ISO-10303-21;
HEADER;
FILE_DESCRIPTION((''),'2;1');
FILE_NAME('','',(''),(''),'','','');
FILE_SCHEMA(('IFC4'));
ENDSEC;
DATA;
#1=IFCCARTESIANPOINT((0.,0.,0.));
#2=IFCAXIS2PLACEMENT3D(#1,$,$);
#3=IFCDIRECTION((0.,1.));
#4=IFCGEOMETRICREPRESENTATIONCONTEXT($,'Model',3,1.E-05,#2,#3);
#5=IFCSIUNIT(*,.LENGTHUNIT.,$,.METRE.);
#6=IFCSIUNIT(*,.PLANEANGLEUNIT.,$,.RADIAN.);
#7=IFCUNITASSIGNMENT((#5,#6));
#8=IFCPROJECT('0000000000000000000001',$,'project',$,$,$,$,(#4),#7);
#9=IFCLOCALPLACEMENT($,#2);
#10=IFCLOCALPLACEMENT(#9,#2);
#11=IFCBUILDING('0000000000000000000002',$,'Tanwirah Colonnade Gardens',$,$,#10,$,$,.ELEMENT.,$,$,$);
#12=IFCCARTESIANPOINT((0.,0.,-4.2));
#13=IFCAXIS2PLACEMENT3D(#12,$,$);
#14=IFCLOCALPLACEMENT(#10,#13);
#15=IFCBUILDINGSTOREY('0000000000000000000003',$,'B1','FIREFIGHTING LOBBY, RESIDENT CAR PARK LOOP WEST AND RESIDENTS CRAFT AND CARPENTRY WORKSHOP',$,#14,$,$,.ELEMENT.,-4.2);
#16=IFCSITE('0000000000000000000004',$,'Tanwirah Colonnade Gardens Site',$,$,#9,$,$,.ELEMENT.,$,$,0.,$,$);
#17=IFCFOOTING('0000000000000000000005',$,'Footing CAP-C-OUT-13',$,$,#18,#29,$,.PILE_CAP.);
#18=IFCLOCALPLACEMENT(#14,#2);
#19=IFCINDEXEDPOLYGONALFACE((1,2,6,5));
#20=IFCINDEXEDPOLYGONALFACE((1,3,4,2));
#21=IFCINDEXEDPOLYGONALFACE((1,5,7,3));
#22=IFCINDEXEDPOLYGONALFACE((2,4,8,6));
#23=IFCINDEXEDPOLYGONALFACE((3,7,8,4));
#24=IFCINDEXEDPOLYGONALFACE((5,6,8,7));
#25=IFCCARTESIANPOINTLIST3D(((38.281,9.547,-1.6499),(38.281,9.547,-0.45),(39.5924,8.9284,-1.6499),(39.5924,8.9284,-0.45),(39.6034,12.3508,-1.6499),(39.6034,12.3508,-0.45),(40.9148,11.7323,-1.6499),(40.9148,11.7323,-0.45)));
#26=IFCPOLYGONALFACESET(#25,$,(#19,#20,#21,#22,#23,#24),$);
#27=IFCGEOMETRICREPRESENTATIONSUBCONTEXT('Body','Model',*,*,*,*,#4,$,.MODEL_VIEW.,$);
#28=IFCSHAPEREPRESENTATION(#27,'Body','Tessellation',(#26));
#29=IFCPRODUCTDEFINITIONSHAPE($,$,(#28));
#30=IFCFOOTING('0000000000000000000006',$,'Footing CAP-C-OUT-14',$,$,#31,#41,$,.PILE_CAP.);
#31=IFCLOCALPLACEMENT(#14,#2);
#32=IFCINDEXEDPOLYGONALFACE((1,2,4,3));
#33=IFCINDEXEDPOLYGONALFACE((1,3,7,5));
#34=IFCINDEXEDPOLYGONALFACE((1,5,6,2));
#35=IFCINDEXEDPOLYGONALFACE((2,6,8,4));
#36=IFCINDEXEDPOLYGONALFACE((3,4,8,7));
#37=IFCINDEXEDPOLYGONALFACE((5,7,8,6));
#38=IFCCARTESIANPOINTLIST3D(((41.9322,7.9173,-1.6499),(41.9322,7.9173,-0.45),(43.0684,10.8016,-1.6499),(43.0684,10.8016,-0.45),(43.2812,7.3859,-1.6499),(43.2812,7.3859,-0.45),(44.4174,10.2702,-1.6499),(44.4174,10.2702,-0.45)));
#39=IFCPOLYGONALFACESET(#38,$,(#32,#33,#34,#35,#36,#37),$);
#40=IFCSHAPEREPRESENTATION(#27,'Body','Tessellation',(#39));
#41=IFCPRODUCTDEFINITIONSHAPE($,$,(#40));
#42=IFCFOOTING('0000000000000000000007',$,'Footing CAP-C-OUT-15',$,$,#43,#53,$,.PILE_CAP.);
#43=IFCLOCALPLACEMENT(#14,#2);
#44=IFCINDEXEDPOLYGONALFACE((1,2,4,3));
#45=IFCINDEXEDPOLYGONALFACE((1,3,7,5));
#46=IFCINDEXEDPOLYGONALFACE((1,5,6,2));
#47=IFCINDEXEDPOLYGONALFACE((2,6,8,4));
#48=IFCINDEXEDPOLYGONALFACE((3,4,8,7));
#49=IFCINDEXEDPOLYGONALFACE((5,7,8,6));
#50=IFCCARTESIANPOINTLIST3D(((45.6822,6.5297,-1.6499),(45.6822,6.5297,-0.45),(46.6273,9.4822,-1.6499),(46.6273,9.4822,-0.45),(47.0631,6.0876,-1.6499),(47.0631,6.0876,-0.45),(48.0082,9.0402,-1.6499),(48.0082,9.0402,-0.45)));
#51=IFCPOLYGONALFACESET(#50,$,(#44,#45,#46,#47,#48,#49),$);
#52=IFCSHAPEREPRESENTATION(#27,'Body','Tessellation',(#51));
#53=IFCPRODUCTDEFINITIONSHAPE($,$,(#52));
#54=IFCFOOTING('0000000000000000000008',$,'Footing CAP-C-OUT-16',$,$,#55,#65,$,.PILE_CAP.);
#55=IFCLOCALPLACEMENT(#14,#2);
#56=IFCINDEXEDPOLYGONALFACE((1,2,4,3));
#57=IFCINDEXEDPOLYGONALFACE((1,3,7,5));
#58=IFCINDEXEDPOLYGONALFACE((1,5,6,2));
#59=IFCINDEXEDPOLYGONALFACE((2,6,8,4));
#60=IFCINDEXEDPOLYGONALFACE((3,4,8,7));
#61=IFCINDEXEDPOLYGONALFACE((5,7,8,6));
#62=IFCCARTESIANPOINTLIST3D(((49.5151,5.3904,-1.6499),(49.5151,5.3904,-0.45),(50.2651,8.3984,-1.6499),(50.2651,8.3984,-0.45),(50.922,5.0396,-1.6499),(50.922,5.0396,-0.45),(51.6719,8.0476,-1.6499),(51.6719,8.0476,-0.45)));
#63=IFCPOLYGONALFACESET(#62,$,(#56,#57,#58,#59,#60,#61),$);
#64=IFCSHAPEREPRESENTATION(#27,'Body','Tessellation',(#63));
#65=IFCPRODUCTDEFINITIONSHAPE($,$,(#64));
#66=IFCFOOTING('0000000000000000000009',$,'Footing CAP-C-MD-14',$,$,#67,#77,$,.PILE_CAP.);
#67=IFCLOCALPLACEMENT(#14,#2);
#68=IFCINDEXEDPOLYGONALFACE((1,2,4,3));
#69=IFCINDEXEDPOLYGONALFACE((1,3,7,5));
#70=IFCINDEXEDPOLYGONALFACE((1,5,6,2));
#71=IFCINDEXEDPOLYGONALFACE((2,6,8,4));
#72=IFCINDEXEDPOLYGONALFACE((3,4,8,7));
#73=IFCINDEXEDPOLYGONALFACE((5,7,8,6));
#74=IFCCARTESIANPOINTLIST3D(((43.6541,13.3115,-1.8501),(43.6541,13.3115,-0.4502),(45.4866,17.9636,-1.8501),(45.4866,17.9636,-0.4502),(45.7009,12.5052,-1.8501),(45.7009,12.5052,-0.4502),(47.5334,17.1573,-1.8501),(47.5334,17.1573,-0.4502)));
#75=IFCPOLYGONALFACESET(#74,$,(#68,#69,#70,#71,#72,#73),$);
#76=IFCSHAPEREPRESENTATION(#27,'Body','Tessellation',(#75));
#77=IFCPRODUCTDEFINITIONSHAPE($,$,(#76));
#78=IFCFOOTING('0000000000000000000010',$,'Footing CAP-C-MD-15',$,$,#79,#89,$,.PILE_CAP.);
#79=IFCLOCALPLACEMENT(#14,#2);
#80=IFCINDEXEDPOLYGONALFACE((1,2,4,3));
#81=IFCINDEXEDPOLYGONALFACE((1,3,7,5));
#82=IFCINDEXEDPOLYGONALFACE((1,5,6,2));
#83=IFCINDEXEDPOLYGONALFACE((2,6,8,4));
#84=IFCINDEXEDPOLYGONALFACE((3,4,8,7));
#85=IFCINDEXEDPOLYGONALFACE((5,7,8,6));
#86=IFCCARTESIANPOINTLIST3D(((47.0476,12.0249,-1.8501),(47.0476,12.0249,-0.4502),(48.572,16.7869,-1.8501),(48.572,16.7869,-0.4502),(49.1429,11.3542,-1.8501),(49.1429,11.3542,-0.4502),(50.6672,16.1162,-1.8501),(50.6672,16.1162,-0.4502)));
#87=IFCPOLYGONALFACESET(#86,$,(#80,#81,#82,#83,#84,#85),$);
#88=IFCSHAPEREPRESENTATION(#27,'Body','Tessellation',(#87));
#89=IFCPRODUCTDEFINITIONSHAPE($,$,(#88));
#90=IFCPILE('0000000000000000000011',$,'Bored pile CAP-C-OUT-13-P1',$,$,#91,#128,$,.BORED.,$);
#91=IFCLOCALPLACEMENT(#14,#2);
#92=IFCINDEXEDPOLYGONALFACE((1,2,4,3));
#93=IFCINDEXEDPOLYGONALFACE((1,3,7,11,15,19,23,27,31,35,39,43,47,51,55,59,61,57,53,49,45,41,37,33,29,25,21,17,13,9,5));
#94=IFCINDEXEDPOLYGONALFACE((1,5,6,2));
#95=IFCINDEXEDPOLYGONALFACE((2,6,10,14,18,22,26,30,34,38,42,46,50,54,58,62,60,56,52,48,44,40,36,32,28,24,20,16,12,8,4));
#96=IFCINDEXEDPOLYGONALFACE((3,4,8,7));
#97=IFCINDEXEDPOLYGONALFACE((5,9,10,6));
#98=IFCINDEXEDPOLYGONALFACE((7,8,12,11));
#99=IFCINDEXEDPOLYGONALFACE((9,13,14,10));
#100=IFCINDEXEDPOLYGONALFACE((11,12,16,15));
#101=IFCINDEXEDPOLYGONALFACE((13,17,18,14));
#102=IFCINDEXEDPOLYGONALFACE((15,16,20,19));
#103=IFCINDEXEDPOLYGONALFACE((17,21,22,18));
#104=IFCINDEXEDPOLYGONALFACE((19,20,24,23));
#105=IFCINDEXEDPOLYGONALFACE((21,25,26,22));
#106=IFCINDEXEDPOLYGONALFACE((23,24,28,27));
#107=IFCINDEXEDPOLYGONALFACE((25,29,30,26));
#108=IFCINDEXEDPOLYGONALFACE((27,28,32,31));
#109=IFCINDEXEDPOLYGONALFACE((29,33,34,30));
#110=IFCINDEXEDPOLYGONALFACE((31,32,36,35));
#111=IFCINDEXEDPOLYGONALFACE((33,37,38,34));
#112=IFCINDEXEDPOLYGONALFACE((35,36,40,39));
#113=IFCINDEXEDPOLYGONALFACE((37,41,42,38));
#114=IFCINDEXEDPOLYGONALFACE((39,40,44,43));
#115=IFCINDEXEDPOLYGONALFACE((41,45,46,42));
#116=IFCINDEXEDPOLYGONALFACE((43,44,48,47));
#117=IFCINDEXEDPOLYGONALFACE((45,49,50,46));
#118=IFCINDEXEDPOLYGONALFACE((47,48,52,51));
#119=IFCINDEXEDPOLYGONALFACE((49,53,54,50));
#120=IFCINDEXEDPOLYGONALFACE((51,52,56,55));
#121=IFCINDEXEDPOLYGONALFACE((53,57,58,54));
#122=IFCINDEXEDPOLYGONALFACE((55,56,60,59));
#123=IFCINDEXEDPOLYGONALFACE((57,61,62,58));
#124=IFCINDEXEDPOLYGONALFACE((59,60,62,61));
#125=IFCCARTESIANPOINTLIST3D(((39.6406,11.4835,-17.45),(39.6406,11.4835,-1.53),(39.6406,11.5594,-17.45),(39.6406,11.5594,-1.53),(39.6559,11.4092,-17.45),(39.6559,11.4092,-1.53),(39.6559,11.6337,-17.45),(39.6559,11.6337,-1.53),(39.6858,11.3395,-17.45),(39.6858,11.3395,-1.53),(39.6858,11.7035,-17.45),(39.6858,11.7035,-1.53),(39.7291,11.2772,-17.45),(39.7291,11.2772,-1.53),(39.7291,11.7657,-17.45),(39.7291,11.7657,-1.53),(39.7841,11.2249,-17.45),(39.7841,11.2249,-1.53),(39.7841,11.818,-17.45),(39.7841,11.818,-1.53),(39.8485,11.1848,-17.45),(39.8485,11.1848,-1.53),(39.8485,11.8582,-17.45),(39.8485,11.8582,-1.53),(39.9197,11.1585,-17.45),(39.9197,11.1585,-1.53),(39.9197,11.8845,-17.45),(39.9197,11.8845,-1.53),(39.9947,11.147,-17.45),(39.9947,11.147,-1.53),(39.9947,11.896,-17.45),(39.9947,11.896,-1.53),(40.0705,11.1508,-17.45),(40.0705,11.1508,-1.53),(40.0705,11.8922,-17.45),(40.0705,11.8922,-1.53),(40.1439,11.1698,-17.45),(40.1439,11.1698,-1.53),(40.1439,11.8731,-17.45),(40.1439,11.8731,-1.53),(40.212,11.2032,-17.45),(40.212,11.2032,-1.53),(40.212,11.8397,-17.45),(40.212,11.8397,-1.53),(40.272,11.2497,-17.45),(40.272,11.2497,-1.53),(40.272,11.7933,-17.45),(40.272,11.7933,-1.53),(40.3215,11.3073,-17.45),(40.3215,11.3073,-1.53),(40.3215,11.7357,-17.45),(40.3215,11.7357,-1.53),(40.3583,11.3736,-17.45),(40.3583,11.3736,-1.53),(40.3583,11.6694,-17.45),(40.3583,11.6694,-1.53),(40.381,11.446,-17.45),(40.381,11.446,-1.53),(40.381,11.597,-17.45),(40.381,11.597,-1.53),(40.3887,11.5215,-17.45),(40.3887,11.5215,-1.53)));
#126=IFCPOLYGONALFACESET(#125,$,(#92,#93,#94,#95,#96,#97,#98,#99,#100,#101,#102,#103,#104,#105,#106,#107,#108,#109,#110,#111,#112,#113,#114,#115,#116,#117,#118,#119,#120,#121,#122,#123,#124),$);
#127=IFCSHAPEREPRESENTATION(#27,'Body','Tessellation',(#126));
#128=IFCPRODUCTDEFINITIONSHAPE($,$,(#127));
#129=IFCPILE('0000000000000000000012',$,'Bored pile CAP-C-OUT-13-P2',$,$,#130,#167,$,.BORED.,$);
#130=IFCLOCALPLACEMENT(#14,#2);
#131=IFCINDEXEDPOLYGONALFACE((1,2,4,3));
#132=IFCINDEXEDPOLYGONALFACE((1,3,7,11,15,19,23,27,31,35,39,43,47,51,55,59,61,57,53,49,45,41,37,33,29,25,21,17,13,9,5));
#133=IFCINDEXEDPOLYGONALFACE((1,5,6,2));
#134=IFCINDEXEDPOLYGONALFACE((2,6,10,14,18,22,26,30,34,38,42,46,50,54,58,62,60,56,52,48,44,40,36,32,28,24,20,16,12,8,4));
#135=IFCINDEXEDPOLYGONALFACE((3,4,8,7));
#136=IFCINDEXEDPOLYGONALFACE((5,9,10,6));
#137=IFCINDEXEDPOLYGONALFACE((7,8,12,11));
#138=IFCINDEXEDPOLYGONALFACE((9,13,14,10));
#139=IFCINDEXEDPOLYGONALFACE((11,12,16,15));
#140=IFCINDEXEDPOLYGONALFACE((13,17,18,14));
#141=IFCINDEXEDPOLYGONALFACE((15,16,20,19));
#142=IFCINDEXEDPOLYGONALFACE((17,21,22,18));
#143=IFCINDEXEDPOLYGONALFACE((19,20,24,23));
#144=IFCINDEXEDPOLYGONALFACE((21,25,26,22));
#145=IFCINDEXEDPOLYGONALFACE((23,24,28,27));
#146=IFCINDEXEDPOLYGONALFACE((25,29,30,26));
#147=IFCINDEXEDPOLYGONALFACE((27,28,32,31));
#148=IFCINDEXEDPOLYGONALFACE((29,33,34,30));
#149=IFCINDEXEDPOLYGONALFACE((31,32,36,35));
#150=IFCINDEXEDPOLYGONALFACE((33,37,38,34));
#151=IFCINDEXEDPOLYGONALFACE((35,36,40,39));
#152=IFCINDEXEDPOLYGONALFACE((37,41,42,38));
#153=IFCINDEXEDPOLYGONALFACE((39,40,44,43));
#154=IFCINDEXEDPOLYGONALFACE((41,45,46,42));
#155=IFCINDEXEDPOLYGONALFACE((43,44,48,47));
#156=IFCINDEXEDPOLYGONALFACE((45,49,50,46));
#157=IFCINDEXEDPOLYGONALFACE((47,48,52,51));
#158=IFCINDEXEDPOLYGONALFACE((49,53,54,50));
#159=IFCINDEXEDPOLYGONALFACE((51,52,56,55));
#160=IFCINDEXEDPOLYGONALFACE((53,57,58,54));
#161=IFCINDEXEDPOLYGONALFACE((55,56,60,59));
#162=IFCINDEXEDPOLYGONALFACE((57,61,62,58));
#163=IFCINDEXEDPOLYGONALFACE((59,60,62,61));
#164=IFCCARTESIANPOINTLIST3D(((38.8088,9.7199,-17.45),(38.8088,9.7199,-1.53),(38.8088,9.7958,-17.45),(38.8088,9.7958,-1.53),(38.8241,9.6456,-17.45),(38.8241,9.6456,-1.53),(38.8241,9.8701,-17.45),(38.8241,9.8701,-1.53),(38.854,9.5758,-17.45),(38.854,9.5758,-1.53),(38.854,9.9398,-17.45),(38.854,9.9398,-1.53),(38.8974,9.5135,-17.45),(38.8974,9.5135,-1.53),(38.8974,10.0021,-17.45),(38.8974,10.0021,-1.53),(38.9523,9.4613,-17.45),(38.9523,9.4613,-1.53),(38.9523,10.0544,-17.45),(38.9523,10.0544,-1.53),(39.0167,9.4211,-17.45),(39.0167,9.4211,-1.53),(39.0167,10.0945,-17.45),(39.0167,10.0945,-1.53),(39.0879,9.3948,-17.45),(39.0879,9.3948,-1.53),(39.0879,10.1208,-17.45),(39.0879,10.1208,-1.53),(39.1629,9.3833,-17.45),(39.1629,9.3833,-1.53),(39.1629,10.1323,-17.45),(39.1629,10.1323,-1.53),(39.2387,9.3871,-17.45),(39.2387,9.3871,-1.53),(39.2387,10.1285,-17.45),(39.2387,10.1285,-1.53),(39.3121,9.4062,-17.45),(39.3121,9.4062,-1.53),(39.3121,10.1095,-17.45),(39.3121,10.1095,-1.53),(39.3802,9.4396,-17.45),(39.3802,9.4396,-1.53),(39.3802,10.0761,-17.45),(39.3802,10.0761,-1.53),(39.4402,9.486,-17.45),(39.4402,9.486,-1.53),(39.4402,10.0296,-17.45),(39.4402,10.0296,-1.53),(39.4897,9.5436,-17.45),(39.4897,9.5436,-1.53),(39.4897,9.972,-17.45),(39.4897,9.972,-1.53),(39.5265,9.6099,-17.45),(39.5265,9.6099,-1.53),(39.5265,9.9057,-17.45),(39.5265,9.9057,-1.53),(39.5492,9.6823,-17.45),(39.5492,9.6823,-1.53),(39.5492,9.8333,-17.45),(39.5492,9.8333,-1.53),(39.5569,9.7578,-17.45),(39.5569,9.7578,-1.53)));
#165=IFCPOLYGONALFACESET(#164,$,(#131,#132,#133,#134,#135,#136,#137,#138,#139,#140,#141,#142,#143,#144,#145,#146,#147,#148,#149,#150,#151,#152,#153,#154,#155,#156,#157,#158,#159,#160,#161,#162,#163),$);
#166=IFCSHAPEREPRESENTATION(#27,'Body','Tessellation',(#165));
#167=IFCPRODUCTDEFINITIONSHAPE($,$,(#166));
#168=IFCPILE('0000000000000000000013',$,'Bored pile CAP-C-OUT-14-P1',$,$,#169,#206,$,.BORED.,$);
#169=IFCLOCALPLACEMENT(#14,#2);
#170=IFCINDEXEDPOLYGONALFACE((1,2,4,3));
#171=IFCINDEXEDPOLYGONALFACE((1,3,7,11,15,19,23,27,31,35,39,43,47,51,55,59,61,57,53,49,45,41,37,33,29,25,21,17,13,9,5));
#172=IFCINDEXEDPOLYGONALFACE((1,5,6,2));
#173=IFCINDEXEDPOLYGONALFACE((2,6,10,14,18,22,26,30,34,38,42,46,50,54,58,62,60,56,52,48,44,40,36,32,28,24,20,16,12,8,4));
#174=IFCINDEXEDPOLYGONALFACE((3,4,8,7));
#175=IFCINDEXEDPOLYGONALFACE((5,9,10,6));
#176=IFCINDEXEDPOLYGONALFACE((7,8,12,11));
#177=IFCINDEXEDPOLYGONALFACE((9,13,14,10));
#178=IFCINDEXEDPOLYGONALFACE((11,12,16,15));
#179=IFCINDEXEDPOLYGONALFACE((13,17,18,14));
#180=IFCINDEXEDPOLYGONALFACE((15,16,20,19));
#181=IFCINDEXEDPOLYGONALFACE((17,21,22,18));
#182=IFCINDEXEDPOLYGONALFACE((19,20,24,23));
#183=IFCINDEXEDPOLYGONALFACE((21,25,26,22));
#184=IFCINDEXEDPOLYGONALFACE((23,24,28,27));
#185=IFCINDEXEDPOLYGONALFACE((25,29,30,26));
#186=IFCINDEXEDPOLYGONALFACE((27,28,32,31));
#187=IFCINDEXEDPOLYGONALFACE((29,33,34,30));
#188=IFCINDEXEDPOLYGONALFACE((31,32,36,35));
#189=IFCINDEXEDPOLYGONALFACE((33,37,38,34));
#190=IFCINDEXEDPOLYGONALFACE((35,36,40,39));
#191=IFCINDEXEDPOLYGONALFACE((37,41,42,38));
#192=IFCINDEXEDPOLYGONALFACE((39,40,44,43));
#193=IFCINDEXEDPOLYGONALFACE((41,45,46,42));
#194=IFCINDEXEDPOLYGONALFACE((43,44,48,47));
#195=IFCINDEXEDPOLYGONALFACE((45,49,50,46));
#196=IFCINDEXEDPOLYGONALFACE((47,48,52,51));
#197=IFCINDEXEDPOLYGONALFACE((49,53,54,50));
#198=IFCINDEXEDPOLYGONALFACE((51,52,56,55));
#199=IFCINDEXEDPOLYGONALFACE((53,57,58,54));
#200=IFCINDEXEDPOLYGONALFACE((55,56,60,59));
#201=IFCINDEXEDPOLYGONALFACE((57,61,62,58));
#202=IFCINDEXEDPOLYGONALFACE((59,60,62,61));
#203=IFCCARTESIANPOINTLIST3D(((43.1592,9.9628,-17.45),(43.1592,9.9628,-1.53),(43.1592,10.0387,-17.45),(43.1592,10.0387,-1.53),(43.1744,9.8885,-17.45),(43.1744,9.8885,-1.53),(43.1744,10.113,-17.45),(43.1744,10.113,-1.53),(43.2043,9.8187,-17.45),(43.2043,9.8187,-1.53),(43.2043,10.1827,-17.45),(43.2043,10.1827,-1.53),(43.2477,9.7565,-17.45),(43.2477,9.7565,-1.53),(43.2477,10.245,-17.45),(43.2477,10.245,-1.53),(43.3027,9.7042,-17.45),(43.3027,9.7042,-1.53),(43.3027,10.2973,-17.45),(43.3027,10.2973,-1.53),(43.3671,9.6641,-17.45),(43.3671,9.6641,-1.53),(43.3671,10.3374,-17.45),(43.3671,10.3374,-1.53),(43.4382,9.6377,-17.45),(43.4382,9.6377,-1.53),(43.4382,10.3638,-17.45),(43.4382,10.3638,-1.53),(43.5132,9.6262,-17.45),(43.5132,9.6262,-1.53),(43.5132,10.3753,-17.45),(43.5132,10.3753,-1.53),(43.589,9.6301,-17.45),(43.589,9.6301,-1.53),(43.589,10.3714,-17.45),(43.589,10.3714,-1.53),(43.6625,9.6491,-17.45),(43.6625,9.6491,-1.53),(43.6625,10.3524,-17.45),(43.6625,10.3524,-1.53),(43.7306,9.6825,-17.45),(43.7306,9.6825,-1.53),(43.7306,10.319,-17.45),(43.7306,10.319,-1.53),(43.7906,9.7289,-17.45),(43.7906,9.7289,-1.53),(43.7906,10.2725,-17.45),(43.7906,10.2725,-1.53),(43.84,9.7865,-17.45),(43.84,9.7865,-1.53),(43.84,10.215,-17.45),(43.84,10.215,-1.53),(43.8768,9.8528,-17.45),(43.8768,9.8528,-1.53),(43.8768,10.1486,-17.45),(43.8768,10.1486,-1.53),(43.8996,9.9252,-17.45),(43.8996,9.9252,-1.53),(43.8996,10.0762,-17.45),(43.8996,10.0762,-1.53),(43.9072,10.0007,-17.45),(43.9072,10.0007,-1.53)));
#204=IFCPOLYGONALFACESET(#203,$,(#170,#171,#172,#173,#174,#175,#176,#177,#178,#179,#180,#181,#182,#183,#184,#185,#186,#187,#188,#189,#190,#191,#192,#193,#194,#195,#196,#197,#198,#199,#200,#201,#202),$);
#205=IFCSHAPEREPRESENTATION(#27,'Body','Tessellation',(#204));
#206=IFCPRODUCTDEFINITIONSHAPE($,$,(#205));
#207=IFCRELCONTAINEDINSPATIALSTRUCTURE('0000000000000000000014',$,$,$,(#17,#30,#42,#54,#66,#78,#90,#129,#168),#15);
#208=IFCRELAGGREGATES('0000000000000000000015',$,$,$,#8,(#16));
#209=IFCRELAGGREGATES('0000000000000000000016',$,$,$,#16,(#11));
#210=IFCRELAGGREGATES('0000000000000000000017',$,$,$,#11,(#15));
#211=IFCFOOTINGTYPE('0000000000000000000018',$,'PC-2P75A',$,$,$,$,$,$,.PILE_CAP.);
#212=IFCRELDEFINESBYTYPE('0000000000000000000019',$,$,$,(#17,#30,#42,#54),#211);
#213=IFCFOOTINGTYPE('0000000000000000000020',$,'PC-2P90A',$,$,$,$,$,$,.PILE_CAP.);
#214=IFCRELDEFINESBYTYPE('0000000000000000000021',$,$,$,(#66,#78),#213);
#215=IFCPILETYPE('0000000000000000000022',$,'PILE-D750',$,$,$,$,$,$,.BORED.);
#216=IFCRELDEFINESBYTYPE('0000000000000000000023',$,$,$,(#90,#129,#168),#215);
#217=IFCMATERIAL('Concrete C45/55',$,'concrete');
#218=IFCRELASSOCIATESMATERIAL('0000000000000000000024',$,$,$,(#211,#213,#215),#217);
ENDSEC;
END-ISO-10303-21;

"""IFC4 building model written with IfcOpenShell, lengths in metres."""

from ifc_helpers import new_model, si_unit, direction, frame, origin, origin_2d, place, context, subcontext, project, spatial, rectangle, circle, extrude, material, material_profile, profile_set, type_object, element, save


model = new_model("IFC4")

# Units and contexts
model_context = context("Model", 3, precision=1e-05, world=origin(), true_north=direction((0.0, 1.0)))
body_context = subcontext(model_context, "Body", "Model", "MODEL_VIEW")
ifc_project = project(units=[si_unit("LENGTHUNIT", "METRE"), si_unit("PLANEANGLEUNIT", "RADIAN")], contexts=[model_context])

# Site, building, storey
site_placement = place(None, origin())
site = spatial("IfcSite", under=ifc_project, at=site_placement, Name="Tanwirah Colonnade Gardens Site", CompositionType="ELEMENT", RefElevation=0.0)
building_placement = place(site_placement, origin())
building = spatial("IfcBuilding", under=site, at=building_placement, Name="Tanwirah Colonnade Gardens", CompositionType="ELEMENT")
storey_placement = place(building_placement, frame((0.0, 0.0, -4.2)))
storey = spatial("IfcBuildingStorey", under=building, at=storey_placement, Name="B1", Description="FIREFIGHTING LOBBY, RESIDENT CAR PARK LOOP WEST AND RESIDENTS CRAFT AND CARPENTRY WORKSHOP", CompositionType="ELEMENT", Elevation=-4.2)

# Footings
ifc_material_1 = material(Name="Concrete C45/55", Category="concrete")
footing_type_1 = type_object("IfcFootingType", Name="PC-2P75A", PredefinedType="PILE_CAP", material=ifc_material_1)
for number, where, z_axis, x_axis, name in (
    (1, (39.5979, 10.6396, -1.6499), (0.0, 0.0, 1.0), (-0.426569, -0.904455, 0.0), "Footing CAP-C-OUT-13"),
    (2, (43.1748, 9.0938, -1.6499), (0.0, 0.0, 1.0), (-0.366501, -0.930418, 0.0), "Footing CAP-C-OUT-14"),
    (3, (46.8452, 7.7849, -1.6499), (0.0, 0.0, 1.0), (-0.304864, -0.952396, 0.0), "Footing CAP-C-OUT-15"),
    (4, (50.5935, 6.719, -1.6499), (0.0, 0.0, 1.0), (-0.241922, -0.970296, 0.0), "Footing CAP-C-OUT-16"),
):
    element("IfcFooting", number, at=place(storey_placement, frame(where, z_axis=z_axis, x_axis=x_axis)), inside=storey, type_object=footing_type_1, Name=name, PredefinedType="PILE_CAP", context=body_context, shape_type="SweptSolid", body=[
        extrude(rectangle(XDim=3.1001, YDim=1.45, at=origin_2d()), origin(), (0.0, 0.0, 1.0), 1.2),
    ])
footing_type_2 = type_object("IfcFootingType", Name="PC-2P90A", PredefinedType="PILE_CAP", material=ifc_material_1)
for number, where, z_axis, x_axis, name in (
    (5, (45.5938, 15.2344, -1.8501), (0.0, 0.0, 1.0), (-0.366501, -0.930418, 0.0), "Footing CAP-C-MD-14"),
    (6, (48.8574, 14.0706, -1.8501), (0.0, 0.0, 1.0), (-0.304864, -0.952396, 0.0), "Footing CAP-C-MD-15"),
):
    element("IfcFooting", number, at=place(storey_placement, frame(where, z_axis=z_axis, x_axis=x_axis)), inside=storey, type_object=footing_type_2, Name=name, PredefinedType="PILE_CAP", context=body_context, shape_type="SweptSolid", body=[
        extrude(rectangle(XDim=5.0, YDim=2.2, at=origin_2d()), origin(), (0.0, 0.0, 1.0), 1.3999),
    ])

# Piles
ifc_material_profile_1 = material_profile(ifc_material_1, circle(Radius=0.375, at=origin_2d()), Name="PILE D750")
ifc_profile_set_1 = profile_set([ifc_material_profile_1], Name="Concrete C45/55")
pile_type_1 = type_object("IfcPileType", Name="PILE-D750", PredefinedType="BORED", material=ifc_profile_set_1)
for number, where, z_axis, x_axis, name in (
    (7, (40.0137, 11.5215, -1.53), (0.0, 0.0, -1.0), (1.0, 0.0, 0.0), "Bored pile CAP-C-OUT-13-P1"),
    (8, (39.1819, 9.7578, -1.53), (0.0, 0.0, -1.0), (1.0, 0.0, 0.0), "Bored pile CAP-C-OUT-13-P2"),
    (9, (43.5322, 10.0007, -1.53), (0.0, 0.0, -1.0), (1.0, 0.0, 0.0), "Bored pile CAP-C-OUT-14-P1"),
):
    element("IfcPile", number, at=place(storey_placement, frame(where, z_axis=z_axis, x_axis=x_axis)), inside=storey, type_object=pile_type_1, Name=name, PredefinedType="BORED", context=body_context, shape_type="SweptSolid", body=[
        extrude(circle(Radius=0.375, at=origin_2d()), origin(), (0.0, 0.0, 1.0), 15.9199),
    ])

save(model, "model.ifc")
